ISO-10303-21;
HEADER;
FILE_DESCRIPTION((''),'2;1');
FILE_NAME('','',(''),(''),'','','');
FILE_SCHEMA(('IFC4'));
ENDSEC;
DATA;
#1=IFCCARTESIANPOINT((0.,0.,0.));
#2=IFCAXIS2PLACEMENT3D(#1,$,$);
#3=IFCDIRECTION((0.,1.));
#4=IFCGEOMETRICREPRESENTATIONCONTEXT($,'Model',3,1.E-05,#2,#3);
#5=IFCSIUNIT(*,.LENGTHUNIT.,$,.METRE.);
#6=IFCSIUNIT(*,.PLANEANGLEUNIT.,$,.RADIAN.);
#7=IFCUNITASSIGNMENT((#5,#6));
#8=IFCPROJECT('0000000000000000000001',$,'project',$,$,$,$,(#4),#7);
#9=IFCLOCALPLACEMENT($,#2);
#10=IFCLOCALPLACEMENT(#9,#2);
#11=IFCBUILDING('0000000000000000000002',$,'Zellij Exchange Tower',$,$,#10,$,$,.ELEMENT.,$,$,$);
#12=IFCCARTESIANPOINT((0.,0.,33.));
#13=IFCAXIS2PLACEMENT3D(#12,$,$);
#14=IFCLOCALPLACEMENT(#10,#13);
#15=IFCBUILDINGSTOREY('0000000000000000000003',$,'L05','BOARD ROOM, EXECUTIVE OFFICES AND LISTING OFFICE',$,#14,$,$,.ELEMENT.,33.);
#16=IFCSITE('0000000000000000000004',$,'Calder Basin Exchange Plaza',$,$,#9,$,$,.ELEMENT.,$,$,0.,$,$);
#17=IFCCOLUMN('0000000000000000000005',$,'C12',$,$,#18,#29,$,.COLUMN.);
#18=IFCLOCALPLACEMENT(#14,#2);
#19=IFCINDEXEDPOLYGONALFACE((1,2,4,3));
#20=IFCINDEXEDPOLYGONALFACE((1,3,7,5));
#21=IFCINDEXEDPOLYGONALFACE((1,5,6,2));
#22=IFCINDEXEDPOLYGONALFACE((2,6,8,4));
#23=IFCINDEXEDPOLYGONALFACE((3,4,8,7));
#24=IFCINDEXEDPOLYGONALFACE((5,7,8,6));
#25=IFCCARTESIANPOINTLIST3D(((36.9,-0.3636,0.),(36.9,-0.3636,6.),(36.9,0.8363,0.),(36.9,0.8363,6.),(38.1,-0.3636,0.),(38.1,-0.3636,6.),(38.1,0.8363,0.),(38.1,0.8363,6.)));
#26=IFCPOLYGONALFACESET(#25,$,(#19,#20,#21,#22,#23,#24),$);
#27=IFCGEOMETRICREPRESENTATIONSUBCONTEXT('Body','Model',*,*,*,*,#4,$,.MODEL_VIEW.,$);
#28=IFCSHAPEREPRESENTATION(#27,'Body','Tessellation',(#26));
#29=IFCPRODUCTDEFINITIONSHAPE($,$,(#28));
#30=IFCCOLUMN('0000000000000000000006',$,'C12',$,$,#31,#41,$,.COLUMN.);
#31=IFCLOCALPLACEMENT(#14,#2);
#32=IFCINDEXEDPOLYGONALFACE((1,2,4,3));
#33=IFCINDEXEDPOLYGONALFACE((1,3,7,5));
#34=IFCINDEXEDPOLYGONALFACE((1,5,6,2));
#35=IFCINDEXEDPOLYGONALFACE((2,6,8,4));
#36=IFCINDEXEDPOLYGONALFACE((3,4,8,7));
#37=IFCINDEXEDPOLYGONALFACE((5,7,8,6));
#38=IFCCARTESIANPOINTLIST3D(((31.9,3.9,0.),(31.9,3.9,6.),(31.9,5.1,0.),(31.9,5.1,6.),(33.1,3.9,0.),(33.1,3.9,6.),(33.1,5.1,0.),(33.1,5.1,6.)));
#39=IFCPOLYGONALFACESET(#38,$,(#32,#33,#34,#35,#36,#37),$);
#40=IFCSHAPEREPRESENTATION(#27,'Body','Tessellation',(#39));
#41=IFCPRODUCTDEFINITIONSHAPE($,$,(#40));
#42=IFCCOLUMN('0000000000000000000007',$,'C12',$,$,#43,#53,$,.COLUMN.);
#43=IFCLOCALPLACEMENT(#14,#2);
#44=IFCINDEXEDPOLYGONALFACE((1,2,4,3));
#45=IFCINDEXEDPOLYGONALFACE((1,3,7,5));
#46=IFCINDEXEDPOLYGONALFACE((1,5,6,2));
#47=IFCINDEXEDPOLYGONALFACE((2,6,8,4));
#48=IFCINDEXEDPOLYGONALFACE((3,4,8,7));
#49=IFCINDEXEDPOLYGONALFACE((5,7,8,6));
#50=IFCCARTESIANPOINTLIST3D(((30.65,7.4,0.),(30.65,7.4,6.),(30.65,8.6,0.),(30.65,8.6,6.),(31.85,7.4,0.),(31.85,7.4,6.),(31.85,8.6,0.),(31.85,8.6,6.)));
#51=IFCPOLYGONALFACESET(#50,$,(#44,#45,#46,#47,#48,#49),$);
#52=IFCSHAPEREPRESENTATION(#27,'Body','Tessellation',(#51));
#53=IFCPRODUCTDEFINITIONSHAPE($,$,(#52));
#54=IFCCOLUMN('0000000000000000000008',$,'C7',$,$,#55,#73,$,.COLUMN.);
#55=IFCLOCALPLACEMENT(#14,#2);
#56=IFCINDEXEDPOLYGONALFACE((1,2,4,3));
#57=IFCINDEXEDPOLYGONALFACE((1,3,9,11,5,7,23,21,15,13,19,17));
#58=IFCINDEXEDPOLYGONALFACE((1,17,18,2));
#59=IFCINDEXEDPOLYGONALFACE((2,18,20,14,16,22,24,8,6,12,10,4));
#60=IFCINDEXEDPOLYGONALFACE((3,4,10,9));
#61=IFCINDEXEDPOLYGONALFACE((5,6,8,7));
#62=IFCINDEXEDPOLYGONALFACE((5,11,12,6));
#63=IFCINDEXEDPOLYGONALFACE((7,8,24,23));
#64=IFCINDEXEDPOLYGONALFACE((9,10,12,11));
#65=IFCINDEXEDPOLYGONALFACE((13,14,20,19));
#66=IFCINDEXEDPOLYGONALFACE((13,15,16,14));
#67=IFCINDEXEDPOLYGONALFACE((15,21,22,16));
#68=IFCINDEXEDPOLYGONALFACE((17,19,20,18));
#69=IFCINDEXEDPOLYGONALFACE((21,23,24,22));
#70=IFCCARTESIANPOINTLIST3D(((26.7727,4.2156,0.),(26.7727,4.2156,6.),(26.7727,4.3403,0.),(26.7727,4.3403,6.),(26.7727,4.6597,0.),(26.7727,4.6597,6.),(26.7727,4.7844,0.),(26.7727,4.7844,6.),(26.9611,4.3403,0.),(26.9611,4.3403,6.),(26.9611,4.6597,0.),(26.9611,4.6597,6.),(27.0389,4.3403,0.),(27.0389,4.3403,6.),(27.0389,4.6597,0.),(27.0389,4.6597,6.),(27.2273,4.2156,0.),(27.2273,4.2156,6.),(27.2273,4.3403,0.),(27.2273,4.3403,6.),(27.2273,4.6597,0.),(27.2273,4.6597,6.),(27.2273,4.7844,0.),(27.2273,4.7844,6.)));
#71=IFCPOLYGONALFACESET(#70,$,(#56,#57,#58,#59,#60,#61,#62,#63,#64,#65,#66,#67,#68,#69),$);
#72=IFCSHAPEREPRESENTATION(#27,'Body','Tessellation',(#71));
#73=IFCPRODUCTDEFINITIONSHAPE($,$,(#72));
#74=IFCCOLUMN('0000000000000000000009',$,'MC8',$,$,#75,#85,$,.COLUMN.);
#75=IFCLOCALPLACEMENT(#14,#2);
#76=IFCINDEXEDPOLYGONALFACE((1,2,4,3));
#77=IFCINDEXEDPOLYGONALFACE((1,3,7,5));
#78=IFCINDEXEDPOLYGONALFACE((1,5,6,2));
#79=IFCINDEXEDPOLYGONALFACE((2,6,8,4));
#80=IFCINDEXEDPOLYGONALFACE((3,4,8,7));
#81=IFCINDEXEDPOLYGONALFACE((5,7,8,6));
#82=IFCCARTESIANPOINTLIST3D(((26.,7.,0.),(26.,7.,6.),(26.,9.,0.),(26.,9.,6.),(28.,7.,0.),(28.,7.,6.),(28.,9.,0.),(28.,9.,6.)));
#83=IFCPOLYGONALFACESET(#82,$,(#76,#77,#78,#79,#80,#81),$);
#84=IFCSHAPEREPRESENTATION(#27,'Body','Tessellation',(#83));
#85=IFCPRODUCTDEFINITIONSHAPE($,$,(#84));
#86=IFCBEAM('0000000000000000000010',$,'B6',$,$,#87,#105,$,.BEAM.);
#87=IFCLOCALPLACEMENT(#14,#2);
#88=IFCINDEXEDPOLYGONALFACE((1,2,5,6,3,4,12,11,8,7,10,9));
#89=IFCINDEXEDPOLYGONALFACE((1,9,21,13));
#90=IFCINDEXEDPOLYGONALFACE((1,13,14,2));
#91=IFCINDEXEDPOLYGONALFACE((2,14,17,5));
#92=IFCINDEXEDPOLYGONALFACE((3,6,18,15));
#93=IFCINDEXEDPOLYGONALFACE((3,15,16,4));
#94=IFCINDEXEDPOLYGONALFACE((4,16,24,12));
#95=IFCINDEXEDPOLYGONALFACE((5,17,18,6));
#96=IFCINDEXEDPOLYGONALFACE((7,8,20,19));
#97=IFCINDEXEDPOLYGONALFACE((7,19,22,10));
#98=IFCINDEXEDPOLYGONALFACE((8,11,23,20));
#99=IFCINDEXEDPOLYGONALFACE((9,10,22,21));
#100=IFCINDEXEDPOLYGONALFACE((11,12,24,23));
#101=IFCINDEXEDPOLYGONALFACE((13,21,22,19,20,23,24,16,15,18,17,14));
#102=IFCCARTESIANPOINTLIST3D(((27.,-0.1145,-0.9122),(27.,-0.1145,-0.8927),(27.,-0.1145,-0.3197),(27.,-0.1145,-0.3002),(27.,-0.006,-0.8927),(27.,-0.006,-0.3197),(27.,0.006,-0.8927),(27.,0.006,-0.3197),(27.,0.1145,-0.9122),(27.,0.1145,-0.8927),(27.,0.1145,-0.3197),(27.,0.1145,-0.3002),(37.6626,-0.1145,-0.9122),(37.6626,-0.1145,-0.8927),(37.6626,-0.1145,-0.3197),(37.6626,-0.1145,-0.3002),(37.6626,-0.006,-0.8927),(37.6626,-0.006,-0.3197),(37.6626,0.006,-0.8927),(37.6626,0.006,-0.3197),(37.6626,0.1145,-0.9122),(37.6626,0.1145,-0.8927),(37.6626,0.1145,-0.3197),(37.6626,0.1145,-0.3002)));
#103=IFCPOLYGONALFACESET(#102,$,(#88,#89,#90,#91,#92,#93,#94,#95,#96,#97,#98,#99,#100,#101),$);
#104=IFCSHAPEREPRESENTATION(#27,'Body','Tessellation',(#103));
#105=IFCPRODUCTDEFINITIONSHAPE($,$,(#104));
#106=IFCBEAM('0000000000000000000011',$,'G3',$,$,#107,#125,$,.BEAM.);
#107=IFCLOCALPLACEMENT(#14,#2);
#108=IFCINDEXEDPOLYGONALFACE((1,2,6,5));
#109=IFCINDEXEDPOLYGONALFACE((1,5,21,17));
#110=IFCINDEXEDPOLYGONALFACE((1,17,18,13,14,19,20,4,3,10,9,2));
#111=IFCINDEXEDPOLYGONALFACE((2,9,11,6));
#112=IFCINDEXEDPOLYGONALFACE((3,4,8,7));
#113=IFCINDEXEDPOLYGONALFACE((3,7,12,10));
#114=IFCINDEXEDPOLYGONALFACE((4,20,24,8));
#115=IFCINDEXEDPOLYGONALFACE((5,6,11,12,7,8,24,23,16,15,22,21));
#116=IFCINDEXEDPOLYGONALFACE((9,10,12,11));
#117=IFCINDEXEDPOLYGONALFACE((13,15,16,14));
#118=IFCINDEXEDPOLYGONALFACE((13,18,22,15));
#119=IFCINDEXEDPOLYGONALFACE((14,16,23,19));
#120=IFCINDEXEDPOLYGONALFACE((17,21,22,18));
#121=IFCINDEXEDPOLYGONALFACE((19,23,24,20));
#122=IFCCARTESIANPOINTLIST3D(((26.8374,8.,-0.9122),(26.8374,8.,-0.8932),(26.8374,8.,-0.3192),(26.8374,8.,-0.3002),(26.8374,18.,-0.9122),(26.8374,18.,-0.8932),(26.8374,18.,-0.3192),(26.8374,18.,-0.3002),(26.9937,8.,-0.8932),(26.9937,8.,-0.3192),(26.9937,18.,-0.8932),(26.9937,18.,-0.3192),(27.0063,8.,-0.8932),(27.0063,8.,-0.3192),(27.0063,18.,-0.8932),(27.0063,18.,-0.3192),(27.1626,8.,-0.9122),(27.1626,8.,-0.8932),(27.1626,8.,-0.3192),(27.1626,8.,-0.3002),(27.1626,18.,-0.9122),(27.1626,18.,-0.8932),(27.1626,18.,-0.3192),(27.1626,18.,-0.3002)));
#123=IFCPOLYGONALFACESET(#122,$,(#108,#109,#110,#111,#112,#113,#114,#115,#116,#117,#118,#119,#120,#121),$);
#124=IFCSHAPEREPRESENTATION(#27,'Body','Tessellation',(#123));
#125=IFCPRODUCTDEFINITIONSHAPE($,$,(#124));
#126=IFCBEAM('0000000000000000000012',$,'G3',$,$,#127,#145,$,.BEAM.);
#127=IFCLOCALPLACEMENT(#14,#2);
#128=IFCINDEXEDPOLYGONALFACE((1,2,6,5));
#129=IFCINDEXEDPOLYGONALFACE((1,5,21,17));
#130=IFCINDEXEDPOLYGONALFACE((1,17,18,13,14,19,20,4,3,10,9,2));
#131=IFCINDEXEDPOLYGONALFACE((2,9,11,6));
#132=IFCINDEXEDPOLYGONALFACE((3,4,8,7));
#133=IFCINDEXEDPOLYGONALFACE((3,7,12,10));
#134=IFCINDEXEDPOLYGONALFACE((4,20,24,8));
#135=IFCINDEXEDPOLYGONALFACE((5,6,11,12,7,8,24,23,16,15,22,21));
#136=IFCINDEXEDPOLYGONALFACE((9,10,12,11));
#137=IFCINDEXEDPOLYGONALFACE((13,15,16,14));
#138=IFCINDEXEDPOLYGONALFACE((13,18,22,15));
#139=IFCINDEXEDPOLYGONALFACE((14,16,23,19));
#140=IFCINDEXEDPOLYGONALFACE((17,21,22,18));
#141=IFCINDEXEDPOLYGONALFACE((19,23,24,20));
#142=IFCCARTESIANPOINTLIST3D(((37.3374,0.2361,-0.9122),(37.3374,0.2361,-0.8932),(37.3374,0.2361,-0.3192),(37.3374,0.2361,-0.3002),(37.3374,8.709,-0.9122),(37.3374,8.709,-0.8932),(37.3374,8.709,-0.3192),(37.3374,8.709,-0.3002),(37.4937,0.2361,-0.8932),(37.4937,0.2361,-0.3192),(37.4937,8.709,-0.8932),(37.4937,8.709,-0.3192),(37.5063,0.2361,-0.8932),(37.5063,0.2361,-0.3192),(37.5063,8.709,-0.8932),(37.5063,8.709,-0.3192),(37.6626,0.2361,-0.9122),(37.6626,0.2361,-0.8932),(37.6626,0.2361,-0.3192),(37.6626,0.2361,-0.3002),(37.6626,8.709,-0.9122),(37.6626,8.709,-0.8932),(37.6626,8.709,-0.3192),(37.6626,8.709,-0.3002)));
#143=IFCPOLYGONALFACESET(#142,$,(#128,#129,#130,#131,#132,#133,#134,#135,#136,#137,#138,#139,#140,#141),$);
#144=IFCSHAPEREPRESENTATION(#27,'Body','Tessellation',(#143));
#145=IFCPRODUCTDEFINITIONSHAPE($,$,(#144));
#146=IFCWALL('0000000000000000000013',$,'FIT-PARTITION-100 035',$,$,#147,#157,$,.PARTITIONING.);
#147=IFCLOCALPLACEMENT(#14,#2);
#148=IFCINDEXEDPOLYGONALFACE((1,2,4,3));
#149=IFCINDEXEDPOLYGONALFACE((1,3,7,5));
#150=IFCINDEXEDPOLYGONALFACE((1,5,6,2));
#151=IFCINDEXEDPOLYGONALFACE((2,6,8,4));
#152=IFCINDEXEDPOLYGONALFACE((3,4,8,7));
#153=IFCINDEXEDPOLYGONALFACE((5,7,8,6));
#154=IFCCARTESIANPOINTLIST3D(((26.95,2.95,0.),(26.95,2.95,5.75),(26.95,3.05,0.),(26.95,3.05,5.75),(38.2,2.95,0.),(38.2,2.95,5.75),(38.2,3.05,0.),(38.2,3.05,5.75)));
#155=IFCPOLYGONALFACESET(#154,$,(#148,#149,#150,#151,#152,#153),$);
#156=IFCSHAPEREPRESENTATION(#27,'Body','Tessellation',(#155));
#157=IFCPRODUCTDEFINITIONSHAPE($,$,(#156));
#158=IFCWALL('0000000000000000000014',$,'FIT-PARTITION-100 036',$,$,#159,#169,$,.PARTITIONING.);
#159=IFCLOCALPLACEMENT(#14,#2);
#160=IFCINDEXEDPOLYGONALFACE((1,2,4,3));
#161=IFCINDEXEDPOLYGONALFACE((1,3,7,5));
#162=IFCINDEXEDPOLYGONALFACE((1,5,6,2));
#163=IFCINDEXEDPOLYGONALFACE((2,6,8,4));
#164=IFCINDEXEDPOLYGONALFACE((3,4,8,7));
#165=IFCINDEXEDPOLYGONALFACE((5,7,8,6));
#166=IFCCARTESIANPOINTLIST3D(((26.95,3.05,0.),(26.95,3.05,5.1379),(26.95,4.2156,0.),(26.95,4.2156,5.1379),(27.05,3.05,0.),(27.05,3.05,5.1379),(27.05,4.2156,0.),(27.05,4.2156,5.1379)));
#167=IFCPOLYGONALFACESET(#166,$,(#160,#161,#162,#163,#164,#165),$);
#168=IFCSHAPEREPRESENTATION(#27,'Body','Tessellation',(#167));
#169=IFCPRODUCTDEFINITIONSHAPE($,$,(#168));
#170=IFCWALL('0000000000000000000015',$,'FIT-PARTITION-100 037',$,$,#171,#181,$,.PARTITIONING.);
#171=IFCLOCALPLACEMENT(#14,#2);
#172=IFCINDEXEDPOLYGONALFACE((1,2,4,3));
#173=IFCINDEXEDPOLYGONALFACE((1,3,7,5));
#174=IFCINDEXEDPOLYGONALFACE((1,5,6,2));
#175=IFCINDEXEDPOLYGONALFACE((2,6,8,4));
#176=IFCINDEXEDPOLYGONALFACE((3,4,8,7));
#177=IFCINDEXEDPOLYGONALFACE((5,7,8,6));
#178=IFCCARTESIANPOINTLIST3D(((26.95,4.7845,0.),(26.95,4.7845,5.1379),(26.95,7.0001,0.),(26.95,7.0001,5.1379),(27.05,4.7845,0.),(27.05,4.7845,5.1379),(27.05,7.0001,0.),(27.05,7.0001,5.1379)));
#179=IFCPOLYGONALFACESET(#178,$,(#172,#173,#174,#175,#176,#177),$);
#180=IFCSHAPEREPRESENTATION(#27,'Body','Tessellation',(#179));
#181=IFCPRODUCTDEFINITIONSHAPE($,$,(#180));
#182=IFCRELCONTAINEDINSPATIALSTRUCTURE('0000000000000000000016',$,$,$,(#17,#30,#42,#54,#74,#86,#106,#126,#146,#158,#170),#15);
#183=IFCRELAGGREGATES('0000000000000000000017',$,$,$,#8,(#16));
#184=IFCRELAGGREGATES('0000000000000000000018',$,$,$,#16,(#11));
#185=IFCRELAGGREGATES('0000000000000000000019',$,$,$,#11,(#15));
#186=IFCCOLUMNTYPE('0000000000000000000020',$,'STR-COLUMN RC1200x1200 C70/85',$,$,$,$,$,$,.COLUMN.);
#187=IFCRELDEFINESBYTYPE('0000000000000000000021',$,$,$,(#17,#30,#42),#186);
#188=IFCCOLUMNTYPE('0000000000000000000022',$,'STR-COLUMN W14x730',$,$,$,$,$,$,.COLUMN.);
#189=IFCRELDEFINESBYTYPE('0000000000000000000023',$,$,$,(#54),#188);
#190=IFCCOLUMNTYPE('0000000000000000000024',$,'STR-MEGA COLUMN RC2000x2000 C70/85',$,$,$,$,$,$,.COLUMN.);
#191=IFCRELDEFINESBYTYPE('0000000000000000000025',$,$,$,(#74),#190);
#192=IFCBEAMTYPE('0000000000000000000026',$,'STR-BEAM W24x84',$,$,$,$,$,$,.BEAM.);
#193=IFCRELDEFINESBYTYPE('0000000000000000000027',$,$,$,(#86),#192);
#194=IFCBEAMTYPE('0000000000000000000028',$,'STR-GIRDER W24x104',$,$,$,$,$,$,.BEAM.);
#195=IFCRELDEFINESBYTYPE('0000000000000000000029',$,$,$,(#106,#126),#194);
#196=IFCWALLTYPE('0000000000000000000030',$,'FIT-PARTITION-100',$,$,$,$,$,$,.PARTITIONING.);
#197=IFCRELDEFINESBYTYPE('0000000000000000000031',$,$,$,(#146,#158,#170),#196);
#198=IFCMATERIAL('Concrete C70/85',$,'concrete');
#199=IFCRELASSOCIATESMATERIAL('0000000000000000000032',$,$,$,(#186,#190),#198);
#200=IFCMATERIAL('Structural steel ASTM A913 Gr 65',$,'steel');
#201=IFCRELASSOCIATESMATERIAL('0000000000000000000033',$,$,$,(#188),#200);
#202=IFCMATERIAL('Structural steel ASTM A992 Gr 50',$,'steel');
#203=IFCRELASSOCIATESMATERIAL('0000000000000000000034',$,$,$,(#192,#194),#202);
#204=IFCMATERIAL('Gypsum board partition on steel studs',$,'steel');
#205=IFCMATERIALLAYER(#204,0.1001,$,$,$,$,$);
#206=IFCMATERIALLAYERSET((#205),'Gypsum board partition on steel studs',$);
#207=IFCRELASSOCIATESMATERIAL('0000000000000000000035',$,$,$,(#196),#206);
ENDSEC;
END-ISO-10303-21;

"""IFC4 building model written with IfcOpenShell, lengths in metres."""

from ifc_helpers import new_model, si_unit, direction, frame, frame_2d, origin, origin_2d, place, context, subcontext, project, spatial, rectangle, i_section, extrude, material, layer, layer_set, material_profile, profile_set, type_object, element, save


model = new_model("IFC4")

# Units and contexts
model_context = context("Model", 3, precision=1e-05, world=origin(), true_north=direction((0.0, 1.0)))
body_context = subcontext(model_context, "Body", "Model", "MODEL_VIEW")
ifc_project = project(units=[si_unit("LENGTHUNIT", "METRE"), si_unit("PLANEANGLEUNIT", "RADIAN")], contexts=[model_context])

# Site, building, storey
site_placement = place(None, origin())
site = spatial("IfcSite", under=ifc_project, at=site_placement, Name="Calder Basin Exchange Plaza", CompositionType="ELEMENT", RefElevation=0.0)
building_placement = place(site_placement, origin())
building = spatial("IfcBuilding", under=site, at=building_placement, Name="Zellij Exchange Tower", CompositionType="ELEMENT")
storey_placement = place(building_placement, frame((0.0, 0.0, 33.0)))
storey = spatial("IfcBuildingStorey", under=building, at=storey_placement, Name="L05", Description="BOARD ROOM, EXECUTIVE OFFICES AND LISTING OFFICE", CompositionType="ELEMENT", Elevation=33.0)

# Columns
ifc_material_1 = material(Name="Concrete C70/85", Category="concrete")
ifc_material_profile_1 = material_profile(ifc_material_1, rectangle(XDim=1.2, YDim=1.2, at=origin_2d()), Name="STR-COLUMN RC1200x1200 C70/85")
ifc_profile_set_1 = profile_set([ifc_material_profile_1], Name="Concrete C70/85")
column_type_1 = type_object("IfcColumnType", Name="STR-COLUMN RC1200x1200 C70/85", PredefinedType="COLUMN", material=ifc_profile_set_1)
for number, where, z_axis, x_axis, name in (
    (1, (37.5, 0.2363, 0.0), (0.0, 0.0, 1.0), (1.0, 0.0, 0.0), "C12"),
    (2, (32.5, 4.5, 0.0), (0.0, 0.0, 1.0), (1.0, 0.0, 0.0), "C12"),
    (3, (31.25, 8.0, 0.0), (0.0, 0.0, 1.0), (1.0, 0.0, 0.0), "C12"),
):
    element("IfcColumn", number, at=place(storey_placement, frame(where, z_axis=z_axis, x_axis=x_axis)), inside=storey, type_object=column_type_1, Name=name, PredefinedType="COLUMN", context=body_context, shape_type="SweptSolid", body=[
        extrude(rectangle(XDim=1.2, YDim=1.2, at=origin_2d()), origin(), (0.0, 0.0, 1.0), 6.0),
    ])
ifc_material_2 = material(Name="Structural steel ASTM A913 Gr 65", Category="steel")
ifc_material_profile_2 = material_profile(ifc_material_2, i_section(OverallWidth=0.4546, OverallDepth=0.5688, WebThickness=0.0779, FlangeThickness=0.1248, at=origin_2d()), Name="W14x730")
ifc_profile_set_2 = profile_set([ifc_material_profile_2], Name="Structural steel ASTM A913 Gr 65")
column_type_2 = type_object("IfcColumnType", Name="STR-COLUMN W14x730", PredefinedType="COLUMN", material=ifc_profile_set_2)
column_1_placement = place(storey_placement, frame((27.0, 4.5, 0.0), z_axis=(0.0, 0.0, 1.0), x_axis=(1.0, 0.0, 0.0)))
element("IfcColumn", 4, at=column_1_placement, inside=storey, type_object=column_type_2, Name="C7", PredefinedType="COLUMN", context=body_context, shape_type="SweptSolid", body=[
    extrude(i_section(OverallWidth=0.4546, OverallDepth=0.5688, WebThickness=0.0779, FlangeThickness=0.1248, at=origin_2d()), origin(), (0.0, 0.0, 1.0), 6.0),
])
ifc_material_profile_3 = material_profile(ifc_material_1, rectangle(XDim=2.0, YDim=2.0, at=origin_2d()), Name="STR-MEGA COLUMN RC2000x2000 C70/85")
ifc_profile_set_3 = profile_set([ifc_material_profile_3], Name="Concrete C70/85")
column_type_3 = type_object("IfcColumnType", Name="STR-MEGA COLUMN RC2000x2000 C70/85", PredefinedType="COLUMN", material=ifc_profile_set_3)
column_2_placement = place(storey_placement, frame((27.0, 8.0, 0.0), z_axis=(0.0, 0.0, 1.0), x_axis=(1.0, 0.0, 0.0)))
element("IfcColumn", 5, at=column_2_placement, inside=storey, type_object=column_type_3, Name="MC8", PredefinedType="COLUMN", context=body_context, shape_type="SweptSolid", body=[
    extrude(rectangle(XDim=2.0, YDim=2.0, at=origin_2d()), origin(), (0.0, 0.0, 1.0), 6.0),
])

# Beams
ifc_material_3 = material(Name="Structural steel ASTM A992 Gr 50", Category="steel")
ifc_material_profile_4 = material_profile(ifc_material_3, i_section(OverallWidth=0.229, OverallDepth=0.6121, WebThickness=0.012, FlangeThickness=0.0195, at=origin_2d()), Name="W24x84")
ifc_profile_set_4 = profile_set([ifc_material_profile_4], Name="Structural steel ASTM A992 Gr 50")
beam_type_1 = type_object("IfcBeamType", Name="STR-BEAM W24x84", PredefinedType="BEAM", material=ifc_profile_set_4)
beam_1_placement = place(storey_placement, frame((27.0, 0.0, -0.6062), z_axis=(1.0, 0.0, 0.0), x_axis=(0.0, 1.0, 0.0)))
element("IfcBeam", 6, at=beam_1_placement, inside=storey, type_object=beam_type_1, Name="B6", PredefinedType="BEAM", context=body_context, shape_type="SweptSolid", body=[
    extrude(i_section(OverallWidth=0.229, OverallDepth=0.6121, WebThickness=0.012, FlangeThickness=0.0195, at=origin_2d()), origin(), (0.0, 0.0, 1.0), 10.6626),
])
ifc_material_profile_5 = material_profile(ifc_material_3, i_section(OverallWidth=0.3252, OverallDepth=0.6121, WebThickness=0.0127, FlangeThickness=0.019, at=origin_2d()), Name="W24x104")
ifc_profile_set_5 = profile_set([ifc_material_profile_5], Name="Structural steel ASTM A992 Gr 50")
beam_type_2 = type_object("IfcBeamType", Name="STR-GIRDER W24x104", PredefinedType="BEAM", material=ifc_profile_set_5)
beam_2_placement = place(storey_placement, frame((27.0, 8.0, -0.6062), z_axis=(0.0, 1.0, 0.0), x_axis=(-1.0, 0.0, 0.0)))
element("IfcBeam", 7, at=beam_2_placement, inside=storey, type_object=beam_type_2, Name="G3", PredefinedType="BEAM", context=body_context, shape_type="SweptSolid", body=[
    extrude(i_section(OverallWidth=0.3252, OverallDepth=0.6121, WebThickness=0.0127, FlangeThickness=0.019, at=origin_2d()), origin(), (0.0, 0.0, 1.0), 10.0),
])
beam_3_placement = place(storey_placement, frame((37.5, 0.2361, -0.6062), z_axis=(0.0, 1.0, 0.0), x_axis=(-1.0, 0.0, 0.0)))
element("IfcBeam", 8, at=beam_3_placement, inside=storey, type_object=beam_type_2, Name="G3", PredefinedType="BEAM", context=body_context, shape_type="SweptSolid", body=[
    extrude(i_section(OverallWidth=0.3252, OverallDepth=0.6121, WebThickness=0.0127, FlangeThickness=0.019, at=origin_2d()), origin(), (0.0, 0.0, 1.0), 8.4729),
])

# Walls
ifc_material_4 = material(Name="Gypsum board partition on steel studs", Category="steel")
ifc_layer_1 = layer(ifc_material_4, 0.1001)
ifc_layer_set_1 = layer_set([ifc_layer_1], Name="Gypsum board partition on steel studs")
wall_type = type_object("IfcWallType", Name="FIT-PARTITION-100", PredefinedType="PARTITIONING", material=ifc_layer_set_1)
wall_1_placement = place(storey_placement, frame((26.95, 3.0, 0.0), z_axis=(0.0, 0.0, 1.0), x_axis=(1.0, 0.0, 0.0)))
element("IfcWall", 9, at=wall_1_placement, inside=storey, type_object=wall_type, Name="FIT-PARTITION-100 035", PredefinedType="PARTITIONING", context=body_context, shape_type="SweptSolid", body=[
    extrude(rectangle(XDim=11.25, YDim=0.1001, at=frame_2d((5.625, 0.0))), origin(), (0.0, 0.0, 1.0), 5.75),
])
wall_2_placement = place(storey_placement, frame((27.0, 3.05, 0.0), z_axis=(0.0, 0.0, 1.0), x_axis=(0.0, 1.0, 0.0)))
element("IfcWall", 10, at=wall_2_placement, inside=storey, type_object=wall_type, Name="FIT-PARTITION-100 036", PredefinedType="PARTITIONING", context=body_context, shape_type="SweptSolid", body=[
    extrude(rectangle(XDim=1.1655, YDim=0.1001, at=frame_2d((0.5828, 0.0))), origin(), (0.0, 0.0, 1.0), 5.1379),
])
wall_3_placement = place(storey_placement, frame((27.0, 4.7844, 0.0), z_axis=(0.0, 0.0, 1.0), x_axis=(0.0, 1.0, 0.0)))
element("IfcWall", 11, at=wall_3_placement, inside=storey, type_object=wall_type, Name="FIT-PARTITION-100 037", PredefinedType="PARTITIONING", context=body_context, shape_type="SweptSolid", body=[
    extrude(rectangle(XDim=2.2156, YDim=0.1001, at=frame_2d((1.1079, 0.0))), origin(), (0.0, 0.0, 1.0), 5.1379),
])

save(model, "model.ifc")
